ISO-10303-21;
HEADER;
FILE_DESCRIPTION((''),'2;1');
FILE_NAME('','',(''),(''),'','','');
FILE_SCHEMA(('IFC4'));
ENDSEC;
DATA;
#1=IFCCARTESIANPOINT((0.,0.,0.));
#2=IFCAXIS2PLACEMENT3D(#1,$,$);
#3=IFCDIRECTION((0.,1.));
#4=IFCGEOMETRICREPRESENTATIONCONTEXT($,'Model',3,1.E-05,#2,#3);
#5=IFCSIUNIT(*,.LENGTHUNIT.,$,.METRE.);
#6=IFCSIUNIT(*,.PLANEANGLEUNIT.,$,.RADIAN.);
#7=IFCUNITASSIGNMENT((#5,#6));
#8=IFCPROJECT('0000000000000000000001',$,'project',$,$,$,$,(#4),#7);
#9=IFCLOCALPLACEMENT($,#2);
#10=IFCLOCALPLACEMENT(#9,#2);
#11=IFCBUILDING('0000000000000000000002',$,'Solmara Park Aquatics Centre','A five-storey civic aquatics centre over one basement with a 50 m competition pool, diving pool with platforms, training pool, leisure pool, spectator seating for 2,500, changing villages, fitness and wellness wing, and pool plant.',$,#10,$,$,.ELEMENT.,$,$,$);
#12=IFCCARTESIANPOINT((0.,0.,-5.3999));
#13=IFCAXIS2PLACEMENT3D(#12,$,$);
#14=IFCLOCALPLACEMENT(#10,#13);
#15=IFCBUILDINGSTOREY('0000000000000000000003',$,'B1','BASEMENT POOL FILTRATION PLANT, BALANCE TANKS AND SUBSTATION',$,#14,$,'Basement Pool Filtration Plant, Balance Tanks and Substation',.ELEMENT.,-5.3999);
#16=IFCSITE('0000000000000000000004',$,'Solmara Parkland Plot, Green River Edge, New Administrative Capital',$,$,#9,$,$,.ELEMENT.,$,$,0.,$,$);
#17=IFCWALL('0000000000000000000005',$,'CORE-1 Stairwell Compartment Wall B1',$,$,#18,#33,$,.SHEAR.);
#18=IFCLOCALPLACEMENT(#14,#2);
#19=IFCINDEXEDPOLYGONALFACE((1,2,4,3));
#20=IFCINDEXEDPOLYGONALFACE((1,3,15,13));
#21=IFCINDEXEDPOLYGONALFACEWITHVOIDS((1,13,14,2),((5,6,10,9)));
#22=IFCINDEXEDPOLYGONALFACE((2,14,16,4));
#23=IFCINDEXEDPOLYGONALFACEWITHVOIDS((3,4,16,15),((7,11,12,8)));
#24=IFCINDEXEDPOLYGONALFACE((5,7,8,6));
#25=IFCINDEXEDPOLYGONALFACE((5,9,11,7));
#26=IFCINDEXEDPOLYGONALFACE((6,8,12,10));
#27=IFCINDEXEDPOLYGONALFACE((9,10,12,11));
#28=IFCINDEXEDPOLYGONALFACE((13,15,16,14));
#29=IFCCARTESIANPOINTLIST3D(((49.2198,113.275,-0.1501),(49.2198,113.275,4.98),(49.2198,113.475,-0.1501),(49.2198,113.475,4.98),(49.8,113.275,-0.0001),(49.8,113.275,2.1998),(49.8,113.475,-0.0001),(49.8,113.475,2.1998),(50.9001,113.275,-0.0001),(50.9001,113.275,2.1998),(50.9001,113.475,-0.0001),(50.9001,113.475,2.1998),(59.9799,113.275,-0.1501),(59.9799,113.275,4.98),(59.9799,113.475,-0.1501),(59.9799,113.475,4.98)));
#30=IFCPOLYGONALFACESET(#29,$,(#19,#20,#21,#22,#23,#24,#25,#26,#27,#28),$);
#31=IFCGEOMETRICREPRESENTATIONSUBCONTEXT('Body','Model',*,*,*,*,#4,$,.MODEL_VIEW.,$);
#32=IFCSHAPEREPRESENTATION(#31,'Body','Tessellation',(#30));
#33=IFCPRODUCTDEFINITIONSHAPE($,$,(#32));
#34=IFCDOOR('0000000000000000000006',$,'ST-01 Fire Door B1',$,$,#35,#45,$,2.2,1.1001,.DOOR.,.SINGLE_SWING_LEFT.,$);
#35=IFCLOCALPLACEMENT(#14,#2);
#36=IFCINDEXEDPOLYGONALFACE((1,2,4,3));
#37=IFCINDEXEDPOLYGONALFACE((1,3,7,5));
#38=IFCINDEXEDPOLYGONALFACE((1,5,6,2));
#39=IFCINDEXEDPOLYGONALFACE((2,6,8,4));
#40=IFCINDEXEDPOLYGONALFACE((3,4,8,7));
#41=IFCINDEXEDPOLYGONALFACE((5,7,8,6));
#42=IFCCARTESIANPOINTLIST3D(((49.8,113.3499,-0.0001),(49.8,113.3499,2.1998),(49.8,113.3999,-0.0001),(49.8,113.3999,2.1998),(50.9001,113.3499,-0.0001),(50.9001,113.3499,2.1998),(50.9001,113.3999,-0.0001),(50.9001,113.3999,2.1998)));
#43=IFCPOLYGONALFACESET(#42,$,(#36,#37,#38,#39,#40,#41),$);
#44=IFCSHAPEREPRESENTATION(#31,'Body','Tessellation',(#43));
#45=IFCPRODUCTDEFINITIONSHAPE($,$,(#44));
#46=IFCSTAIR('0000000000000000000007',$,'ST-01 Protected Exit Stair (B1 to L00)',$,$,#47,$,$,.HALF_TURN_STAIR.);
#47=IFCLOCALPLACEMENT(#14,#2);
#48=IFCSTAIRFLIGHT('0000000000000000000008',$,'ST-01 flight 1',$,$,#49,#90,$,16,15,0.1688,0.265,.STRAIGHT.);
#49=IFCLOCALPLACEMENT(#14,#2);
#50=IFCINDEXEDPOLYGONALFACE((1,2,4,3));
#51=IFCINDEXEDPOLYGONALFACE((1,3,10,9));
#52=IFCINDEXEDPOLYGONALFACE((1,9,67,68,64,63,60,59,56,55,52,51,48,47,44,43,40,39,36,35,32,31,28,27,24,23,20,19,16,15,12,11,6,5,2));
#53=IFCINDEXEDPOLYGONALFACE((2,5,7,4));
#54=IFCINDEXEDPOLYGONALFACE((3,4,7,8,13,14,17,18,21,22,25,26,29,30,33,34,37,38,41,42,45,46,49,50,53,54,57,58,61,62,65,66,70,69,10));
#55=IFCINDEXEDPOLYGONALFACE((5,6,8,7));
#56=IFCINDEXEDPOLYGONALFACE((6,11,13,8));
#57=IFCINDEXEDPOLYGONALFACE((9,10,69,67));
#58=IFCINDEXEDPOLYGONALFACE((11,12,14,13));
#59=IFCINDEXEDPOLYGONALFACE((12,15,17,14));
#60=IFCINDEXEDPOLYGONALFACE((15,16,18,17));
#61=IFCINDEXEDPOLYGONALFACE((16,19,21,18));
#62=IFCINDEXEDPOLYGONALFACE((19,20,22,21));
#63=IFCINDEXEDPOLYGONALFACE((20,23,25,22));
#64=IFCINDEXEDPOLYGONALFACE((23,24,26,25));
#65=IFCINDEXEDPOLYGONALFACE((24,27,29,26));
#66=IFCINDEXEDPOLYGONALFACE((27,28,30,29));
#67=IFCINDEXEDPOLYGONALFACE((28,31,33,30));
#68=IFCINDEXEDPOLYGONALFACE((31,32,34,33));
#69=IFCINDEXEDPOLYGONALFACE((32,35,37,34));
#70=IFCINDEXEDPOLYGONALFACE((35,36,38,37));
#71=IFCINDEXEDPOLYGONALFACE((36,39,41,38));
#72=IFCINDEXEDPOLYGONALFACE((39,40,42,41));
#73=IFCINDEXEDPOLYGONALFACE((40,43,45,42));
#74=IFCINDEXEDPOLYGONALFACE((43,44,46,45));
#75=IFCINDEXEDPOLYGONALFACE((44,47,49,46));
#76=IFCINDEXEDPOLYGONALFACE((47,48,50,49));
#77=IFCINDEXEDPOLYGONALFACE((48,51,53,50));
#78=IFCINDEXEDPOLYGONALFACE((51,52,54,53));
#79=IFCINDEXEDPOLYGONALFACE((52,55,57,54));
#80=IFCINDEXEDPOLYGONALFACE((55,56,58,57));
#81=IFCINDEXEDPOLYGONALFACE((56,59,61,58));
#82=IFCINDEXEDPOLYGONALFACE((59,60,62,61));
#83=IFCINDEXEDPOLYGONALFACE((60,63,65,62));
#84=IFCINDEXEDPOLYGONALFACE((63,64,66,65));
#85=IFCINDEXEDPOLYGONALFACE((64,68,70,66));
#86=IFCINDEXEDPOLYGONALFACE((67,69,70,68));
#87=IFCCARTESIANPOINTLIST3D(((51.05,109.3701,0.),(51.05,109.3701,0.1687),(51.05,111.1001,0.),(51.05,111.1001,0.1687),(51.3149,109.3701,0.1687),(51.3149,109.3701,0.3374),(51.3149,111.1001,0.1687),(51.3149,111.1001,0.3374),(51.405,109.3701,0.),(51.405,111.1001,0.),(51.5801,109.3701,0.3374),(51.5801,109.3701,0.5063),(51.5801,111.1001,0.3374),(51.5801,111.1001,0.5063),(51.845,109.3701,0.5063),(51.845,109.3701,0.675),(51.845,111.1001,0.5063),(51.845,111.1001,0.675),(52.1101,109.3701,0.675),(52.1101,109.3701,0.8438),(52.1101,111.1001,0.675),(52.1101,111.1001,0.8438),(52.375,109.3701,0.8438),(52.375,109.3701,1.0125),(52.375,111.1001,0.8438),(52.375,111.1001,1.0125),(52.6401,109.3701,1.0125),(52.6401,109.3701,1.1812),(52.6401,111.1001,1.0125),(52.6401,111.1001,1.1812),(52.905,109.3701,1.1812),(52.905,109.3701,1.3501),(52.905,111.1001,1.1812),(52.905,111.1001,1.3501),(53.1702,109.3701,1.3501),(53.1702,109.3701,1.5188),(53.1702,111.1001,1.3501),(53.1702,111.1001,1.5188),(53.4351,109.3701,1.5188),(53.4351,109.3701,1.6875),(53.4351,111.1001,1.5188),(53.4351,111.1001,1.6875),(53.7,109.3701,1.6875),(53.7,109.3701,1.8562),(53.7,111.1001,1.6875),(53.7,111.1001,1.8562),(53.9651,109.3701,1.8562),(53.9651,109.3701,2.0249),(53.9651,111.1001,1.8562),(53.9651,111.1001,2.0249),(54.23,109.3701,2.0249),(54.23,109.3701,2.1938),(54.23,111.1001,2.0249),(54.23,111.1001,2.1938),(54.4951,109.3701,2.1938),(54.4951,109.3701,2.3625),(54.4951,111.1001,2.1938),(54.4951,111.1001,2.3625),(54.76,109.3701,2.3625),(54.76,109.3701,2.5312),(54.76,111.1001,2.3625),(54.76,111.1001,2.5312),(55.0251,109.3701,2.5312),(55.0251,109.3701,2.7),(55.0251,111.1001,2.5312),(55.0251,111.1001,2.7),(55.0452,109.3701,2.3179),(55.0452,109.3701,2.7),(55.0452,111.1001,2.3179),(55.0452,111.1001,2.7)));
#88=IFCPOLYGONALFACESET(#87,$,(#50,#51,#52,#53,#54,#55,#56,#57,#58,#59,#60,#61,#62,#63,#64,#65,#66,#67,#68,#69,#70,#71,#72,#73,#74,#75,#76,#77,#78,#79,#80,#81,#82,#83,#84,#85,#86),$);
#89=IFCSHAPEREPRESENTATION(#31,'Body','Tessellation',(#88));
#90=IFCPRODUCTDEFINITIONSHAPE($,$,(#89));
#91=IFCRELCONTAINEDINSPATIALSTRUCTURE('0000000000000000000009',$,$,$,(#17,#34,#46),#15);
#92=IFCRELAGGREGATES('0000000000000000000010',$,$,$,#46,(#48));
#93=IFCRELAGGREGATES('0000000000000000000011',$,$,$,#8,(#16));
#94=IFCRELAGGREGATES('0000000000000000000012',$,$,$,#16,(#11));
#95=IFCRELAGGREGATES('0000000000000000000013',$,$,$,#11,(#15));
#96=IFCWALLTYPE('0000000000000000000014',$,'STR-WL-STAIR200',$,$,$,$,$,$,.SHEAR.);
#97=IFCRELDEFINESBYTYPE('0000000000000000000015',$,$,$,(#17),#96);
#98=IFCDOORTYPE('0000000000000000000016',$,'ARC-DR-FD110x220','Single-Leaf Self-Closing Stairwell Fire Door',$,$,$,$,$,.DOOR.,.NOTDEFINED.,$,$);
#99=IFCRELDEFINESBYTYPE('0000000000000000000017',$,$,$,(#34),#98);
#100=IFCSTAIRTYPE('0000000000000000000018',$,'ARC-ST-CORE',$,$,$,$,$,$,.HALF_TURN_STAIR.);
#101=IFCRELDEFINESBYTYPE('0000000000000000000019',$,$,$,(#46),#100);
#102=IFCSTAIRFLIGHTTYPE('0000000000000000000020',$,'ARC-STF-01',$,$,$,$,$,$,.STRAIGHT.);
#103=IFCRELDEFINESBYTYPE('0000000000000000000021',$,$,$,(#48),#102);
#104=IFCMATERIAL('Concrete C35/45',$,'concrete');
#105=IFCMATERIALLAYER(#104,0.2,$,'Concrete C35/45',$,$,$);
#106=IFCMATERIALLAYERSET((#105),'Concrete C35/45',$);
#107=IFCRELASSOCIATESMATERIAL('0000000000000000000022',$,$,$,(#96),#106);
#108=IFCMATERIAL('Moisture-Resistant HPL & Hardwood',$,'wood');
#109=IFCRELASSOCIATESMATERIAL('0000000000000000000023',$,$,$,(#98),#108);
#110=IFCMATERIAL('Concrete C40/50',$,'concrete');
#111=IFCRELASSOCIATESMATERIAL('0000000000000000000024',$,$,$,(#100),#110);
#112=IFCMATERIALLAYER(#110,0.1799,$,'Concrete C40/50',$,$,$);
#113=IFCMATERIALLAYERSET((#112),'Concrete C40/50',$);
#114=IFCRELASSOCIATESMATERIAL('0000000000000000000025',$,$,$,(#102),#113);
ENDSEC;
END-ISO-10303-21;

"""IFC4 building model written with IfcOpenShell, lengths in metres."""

from ifc_helpers import new_model, si_unit, direction, frame, frame_2d, origin, place, context, subcontext, project, spatial, polyline, rectangle, outline, extrude, material, layer, layer_set, type_object, element, fill, aggregate, save


model = new_model("IFC4")

# Units and contexts
model_context = context("Model", 3, precision=1e-05, world=origin(), true_north=direction((0.0, 1.0)))
body_context = subcontext(model_context, "Body", "Model", "MODEL_VIEW")
ifc_project = project(units=[si_unit("LENGTHUNIT", "METRE"), si_unit("PLANEANGLEUNIT", "RADIAN")], contexts=[model_context])

# Site, building, storey
site_placement = place(None, origin())
site = spatial("IfcSite", under=ifc_project, at=site_placement, Name="Solmara Parkland Plot, Green River Edge, New Administrative Capital", CompositionType="ELEMENT", RefElevation=0.0)
building_placement = place(site_placement, origin())
building = spatial("IfcBuilding", under=site, at=building_placement, Name="Solmara Park Aquatics Centre", Description="A five-storey civic aquatics centre over one basement with a 50 m competition pool, diving pool with platforms, training pool, leisure pool, spectator seating for 2,500, changing villages, fitness and wellness wing, and pool plant.", CompositionType="ELEMENT")
storey_placement = place(building_placement, frame((0.0, 0.0, -5.3999)))
storey = spatial("IfcBuildingStorey", under=building, at=storey_placement, Name="B1", Description="BASEMENT POOL FILTRATION PLANT, BALANCE TANKS AND SUBSTATION", LongName="Basement Pool Filtration Plant, Balance Tanks and Substation", CompositionType="ELEMENT", Elevation=-5.3999)

# Shared definitions
ifc_material_1 = material(Name="Concrete C40/50", Category="concrete")

# Shared definitions
ifc_material_2 = material(Name="Moisture-Resistant HPL & Hardwood", Category="wood")

# Wall, opening, door
ifc_material_3 = material(Name="Concrete C35/45", Category="concrete")
ifc_layer_1 = layer(ifc_material_3, 0.2, Name="Concrete C35/45")
ifc_layer_set_1 = layer_set([ifc_layer_1], Name="Concrete C35/45")
wall_type_1 = type_object("IfcWallType", Name="STR-WL-STAIR200", PredefinedType="SHEAR", material=ifc_layer_set_1)
wall_1_placement = place(storey_placement, frame((49.22, 113.375, -0.1501), z_axis=(0.0, 0.0, 1.0), x_axis=(1.0, 0.0, 0.0)))
wall_1 = element("IfcWall", 1, at=wall_1_placement, inside=storey, type_object=wall_type_1, Name="CORE-1 Stairwell Compartment Wall B1", PredefinedType="SHEAR", context=body_context, shape_type="SweptSolid", body=[
    extrude(rectangle(XDim=10.76, YDim=0.2, at=frame_2d((5.3799, 0.0))), origin(), (0.0, 0.0, 1.0), 5.1301),
])
opening_1_placement = place(wall_1_placement, frame((0.5801, 0.0, 0.1499)))
opening_1 = element("IfcOpeningElement", 2, at=opening_1_placement, cuts=wall_1, PredefinedType="OPENING", context=body_context, shape_type="SweptSolid", body=[
    extrude(rectangle(XDim=1.1001, YDim=2.2, at=frame_2d((0.55, 1.1001))), frame((0.0, 0.1099, 0.0), z_axis=(0.0, -1.0, 0.0), x_axis=(1.0, 0.0, 0.0)), (0.0, 0.0, 1.0), 0.22),
])
door_type_1 = type_object("IfcDoorType", Name="ARC-DR-FD110x220", Description="Single-Leaf Self-Closing Stairwell Fire Door", OperationType="NOTDEFINED", PredefinedType="DOOR", material=ifc_material_2)
door_1_placement = place(opening_1_placement, origin())
door_1 = element("IfcDoor", 3, at=door_1_placement, inside=storey, type_object=door_type_1, Name="ST-01 Fire Door B1", OperationType="SINGLE_SWING_LEFT", OverallHeight=2.2, OverallWidth=1.1001, PredefinedType="DOOR", context=body_context, shape_type="SweptSolid", body=[
    extrude(rectangle(XDim=1.1001, YDim=2.2, at=frame_2d((0.55, 1.1001))), frame((0.0, 0.0249, 0.0), z_axis=(0.0, -1.0, 0.0), x_axis=(1.0, 0.0, 0.0)), (0.0, 0.0, 1.0), 0.05),
])
fill(opening_1, door_1)

# Stair, stair flight
stair_type = type_object("IfcStairType", Name="ARC-ST-CORE", PredefinedType="HALF_TURN_STAIR", material=ifc_material_1)
stair_placement = place(storey_placement, origin())
stair = element("IfcStair", 4, at=stair_placement, inside=storey, type_object=stair_type, Name="ST-01 Protected Exit Stair (B1 to L00)", PredefinedType="HALF_TURN_STAIR")
ifc_layer_2 = layer(ifc_material_1, 0.1799, Name="Concrete C40/50")
ifc_layer_set_2 = layer_set([ifc_layer_2], Name="Concrete C40/50")
stair_flight_type = type_object("IfcStairFlightType", Name="ARC-STF-01", PredefinedType="STRAIGHT", material=ifc_layer_set_2)
stair_flight_placement = place(storey_placement, frame((51.05, 110.2351, 0.0), z_axis=(0.0, 0.0, 1.0), x_axis=(1.0, 0.0, 0.0)))
stair_flight = element("IfcStairFlight", 5, at=stair_flight_placement, type_object=stair_flight_type, Name="ST-01 flight 1", NumberOfRisers=16, NumberOfTreads=15, PredefinedType="STRAIGHT", RiserHeight=0.1688, TreadLength=0.265, context=body_context, shape_type="SweptSolid", body=[
    extrude(outline(polyline([(0.0, 0.0), (0.0, 0.1687), (0.2649, 0.1687), (0.2649, 0.3374), (0.53, 0.3374), (0.53, 0.5063), (0.7949, 0.5063), (0.7949, 0.675), (1.0601, 0.675), (1.0601, 0.8438), (1.325, 0.8438), (1.325, 1.0125), (1.5901, 1.0125), (1.5901, 1.1812), (1.855, 1.1812), (1.855, 1.3501), (2.1201, 1.3501), (2.1201, 1.5188), (2.385, 1.5188), (2.385, 1.6875), (2.6499, 1.6875), (2.6499, 1.8562), (2.915, 1.8562), (2.915, 2.0249), (3.1799, 2.0249), (3.1799, 2.1938), (3.4451, 2.1938), (3.4451, 2.3625), (3.71, 2.3625), (3.71, 2.5312), (3.9751, 2.5312), (3.9751, 2.7), (3.9951, 2.7), (3.9951, 2.3179), (0.355, 0.0), (0.0, 0.0)])), frame((0.0, 0.865, 0.0), z_axis=(0.0, -1.0, 0.0), x_axis=(1.0, 0.0, 0.0)), (0.0, 0.0, 1.0), 1.73),
])
aggregate(stair, [stair_flight])

save(model, "model.ifc")
